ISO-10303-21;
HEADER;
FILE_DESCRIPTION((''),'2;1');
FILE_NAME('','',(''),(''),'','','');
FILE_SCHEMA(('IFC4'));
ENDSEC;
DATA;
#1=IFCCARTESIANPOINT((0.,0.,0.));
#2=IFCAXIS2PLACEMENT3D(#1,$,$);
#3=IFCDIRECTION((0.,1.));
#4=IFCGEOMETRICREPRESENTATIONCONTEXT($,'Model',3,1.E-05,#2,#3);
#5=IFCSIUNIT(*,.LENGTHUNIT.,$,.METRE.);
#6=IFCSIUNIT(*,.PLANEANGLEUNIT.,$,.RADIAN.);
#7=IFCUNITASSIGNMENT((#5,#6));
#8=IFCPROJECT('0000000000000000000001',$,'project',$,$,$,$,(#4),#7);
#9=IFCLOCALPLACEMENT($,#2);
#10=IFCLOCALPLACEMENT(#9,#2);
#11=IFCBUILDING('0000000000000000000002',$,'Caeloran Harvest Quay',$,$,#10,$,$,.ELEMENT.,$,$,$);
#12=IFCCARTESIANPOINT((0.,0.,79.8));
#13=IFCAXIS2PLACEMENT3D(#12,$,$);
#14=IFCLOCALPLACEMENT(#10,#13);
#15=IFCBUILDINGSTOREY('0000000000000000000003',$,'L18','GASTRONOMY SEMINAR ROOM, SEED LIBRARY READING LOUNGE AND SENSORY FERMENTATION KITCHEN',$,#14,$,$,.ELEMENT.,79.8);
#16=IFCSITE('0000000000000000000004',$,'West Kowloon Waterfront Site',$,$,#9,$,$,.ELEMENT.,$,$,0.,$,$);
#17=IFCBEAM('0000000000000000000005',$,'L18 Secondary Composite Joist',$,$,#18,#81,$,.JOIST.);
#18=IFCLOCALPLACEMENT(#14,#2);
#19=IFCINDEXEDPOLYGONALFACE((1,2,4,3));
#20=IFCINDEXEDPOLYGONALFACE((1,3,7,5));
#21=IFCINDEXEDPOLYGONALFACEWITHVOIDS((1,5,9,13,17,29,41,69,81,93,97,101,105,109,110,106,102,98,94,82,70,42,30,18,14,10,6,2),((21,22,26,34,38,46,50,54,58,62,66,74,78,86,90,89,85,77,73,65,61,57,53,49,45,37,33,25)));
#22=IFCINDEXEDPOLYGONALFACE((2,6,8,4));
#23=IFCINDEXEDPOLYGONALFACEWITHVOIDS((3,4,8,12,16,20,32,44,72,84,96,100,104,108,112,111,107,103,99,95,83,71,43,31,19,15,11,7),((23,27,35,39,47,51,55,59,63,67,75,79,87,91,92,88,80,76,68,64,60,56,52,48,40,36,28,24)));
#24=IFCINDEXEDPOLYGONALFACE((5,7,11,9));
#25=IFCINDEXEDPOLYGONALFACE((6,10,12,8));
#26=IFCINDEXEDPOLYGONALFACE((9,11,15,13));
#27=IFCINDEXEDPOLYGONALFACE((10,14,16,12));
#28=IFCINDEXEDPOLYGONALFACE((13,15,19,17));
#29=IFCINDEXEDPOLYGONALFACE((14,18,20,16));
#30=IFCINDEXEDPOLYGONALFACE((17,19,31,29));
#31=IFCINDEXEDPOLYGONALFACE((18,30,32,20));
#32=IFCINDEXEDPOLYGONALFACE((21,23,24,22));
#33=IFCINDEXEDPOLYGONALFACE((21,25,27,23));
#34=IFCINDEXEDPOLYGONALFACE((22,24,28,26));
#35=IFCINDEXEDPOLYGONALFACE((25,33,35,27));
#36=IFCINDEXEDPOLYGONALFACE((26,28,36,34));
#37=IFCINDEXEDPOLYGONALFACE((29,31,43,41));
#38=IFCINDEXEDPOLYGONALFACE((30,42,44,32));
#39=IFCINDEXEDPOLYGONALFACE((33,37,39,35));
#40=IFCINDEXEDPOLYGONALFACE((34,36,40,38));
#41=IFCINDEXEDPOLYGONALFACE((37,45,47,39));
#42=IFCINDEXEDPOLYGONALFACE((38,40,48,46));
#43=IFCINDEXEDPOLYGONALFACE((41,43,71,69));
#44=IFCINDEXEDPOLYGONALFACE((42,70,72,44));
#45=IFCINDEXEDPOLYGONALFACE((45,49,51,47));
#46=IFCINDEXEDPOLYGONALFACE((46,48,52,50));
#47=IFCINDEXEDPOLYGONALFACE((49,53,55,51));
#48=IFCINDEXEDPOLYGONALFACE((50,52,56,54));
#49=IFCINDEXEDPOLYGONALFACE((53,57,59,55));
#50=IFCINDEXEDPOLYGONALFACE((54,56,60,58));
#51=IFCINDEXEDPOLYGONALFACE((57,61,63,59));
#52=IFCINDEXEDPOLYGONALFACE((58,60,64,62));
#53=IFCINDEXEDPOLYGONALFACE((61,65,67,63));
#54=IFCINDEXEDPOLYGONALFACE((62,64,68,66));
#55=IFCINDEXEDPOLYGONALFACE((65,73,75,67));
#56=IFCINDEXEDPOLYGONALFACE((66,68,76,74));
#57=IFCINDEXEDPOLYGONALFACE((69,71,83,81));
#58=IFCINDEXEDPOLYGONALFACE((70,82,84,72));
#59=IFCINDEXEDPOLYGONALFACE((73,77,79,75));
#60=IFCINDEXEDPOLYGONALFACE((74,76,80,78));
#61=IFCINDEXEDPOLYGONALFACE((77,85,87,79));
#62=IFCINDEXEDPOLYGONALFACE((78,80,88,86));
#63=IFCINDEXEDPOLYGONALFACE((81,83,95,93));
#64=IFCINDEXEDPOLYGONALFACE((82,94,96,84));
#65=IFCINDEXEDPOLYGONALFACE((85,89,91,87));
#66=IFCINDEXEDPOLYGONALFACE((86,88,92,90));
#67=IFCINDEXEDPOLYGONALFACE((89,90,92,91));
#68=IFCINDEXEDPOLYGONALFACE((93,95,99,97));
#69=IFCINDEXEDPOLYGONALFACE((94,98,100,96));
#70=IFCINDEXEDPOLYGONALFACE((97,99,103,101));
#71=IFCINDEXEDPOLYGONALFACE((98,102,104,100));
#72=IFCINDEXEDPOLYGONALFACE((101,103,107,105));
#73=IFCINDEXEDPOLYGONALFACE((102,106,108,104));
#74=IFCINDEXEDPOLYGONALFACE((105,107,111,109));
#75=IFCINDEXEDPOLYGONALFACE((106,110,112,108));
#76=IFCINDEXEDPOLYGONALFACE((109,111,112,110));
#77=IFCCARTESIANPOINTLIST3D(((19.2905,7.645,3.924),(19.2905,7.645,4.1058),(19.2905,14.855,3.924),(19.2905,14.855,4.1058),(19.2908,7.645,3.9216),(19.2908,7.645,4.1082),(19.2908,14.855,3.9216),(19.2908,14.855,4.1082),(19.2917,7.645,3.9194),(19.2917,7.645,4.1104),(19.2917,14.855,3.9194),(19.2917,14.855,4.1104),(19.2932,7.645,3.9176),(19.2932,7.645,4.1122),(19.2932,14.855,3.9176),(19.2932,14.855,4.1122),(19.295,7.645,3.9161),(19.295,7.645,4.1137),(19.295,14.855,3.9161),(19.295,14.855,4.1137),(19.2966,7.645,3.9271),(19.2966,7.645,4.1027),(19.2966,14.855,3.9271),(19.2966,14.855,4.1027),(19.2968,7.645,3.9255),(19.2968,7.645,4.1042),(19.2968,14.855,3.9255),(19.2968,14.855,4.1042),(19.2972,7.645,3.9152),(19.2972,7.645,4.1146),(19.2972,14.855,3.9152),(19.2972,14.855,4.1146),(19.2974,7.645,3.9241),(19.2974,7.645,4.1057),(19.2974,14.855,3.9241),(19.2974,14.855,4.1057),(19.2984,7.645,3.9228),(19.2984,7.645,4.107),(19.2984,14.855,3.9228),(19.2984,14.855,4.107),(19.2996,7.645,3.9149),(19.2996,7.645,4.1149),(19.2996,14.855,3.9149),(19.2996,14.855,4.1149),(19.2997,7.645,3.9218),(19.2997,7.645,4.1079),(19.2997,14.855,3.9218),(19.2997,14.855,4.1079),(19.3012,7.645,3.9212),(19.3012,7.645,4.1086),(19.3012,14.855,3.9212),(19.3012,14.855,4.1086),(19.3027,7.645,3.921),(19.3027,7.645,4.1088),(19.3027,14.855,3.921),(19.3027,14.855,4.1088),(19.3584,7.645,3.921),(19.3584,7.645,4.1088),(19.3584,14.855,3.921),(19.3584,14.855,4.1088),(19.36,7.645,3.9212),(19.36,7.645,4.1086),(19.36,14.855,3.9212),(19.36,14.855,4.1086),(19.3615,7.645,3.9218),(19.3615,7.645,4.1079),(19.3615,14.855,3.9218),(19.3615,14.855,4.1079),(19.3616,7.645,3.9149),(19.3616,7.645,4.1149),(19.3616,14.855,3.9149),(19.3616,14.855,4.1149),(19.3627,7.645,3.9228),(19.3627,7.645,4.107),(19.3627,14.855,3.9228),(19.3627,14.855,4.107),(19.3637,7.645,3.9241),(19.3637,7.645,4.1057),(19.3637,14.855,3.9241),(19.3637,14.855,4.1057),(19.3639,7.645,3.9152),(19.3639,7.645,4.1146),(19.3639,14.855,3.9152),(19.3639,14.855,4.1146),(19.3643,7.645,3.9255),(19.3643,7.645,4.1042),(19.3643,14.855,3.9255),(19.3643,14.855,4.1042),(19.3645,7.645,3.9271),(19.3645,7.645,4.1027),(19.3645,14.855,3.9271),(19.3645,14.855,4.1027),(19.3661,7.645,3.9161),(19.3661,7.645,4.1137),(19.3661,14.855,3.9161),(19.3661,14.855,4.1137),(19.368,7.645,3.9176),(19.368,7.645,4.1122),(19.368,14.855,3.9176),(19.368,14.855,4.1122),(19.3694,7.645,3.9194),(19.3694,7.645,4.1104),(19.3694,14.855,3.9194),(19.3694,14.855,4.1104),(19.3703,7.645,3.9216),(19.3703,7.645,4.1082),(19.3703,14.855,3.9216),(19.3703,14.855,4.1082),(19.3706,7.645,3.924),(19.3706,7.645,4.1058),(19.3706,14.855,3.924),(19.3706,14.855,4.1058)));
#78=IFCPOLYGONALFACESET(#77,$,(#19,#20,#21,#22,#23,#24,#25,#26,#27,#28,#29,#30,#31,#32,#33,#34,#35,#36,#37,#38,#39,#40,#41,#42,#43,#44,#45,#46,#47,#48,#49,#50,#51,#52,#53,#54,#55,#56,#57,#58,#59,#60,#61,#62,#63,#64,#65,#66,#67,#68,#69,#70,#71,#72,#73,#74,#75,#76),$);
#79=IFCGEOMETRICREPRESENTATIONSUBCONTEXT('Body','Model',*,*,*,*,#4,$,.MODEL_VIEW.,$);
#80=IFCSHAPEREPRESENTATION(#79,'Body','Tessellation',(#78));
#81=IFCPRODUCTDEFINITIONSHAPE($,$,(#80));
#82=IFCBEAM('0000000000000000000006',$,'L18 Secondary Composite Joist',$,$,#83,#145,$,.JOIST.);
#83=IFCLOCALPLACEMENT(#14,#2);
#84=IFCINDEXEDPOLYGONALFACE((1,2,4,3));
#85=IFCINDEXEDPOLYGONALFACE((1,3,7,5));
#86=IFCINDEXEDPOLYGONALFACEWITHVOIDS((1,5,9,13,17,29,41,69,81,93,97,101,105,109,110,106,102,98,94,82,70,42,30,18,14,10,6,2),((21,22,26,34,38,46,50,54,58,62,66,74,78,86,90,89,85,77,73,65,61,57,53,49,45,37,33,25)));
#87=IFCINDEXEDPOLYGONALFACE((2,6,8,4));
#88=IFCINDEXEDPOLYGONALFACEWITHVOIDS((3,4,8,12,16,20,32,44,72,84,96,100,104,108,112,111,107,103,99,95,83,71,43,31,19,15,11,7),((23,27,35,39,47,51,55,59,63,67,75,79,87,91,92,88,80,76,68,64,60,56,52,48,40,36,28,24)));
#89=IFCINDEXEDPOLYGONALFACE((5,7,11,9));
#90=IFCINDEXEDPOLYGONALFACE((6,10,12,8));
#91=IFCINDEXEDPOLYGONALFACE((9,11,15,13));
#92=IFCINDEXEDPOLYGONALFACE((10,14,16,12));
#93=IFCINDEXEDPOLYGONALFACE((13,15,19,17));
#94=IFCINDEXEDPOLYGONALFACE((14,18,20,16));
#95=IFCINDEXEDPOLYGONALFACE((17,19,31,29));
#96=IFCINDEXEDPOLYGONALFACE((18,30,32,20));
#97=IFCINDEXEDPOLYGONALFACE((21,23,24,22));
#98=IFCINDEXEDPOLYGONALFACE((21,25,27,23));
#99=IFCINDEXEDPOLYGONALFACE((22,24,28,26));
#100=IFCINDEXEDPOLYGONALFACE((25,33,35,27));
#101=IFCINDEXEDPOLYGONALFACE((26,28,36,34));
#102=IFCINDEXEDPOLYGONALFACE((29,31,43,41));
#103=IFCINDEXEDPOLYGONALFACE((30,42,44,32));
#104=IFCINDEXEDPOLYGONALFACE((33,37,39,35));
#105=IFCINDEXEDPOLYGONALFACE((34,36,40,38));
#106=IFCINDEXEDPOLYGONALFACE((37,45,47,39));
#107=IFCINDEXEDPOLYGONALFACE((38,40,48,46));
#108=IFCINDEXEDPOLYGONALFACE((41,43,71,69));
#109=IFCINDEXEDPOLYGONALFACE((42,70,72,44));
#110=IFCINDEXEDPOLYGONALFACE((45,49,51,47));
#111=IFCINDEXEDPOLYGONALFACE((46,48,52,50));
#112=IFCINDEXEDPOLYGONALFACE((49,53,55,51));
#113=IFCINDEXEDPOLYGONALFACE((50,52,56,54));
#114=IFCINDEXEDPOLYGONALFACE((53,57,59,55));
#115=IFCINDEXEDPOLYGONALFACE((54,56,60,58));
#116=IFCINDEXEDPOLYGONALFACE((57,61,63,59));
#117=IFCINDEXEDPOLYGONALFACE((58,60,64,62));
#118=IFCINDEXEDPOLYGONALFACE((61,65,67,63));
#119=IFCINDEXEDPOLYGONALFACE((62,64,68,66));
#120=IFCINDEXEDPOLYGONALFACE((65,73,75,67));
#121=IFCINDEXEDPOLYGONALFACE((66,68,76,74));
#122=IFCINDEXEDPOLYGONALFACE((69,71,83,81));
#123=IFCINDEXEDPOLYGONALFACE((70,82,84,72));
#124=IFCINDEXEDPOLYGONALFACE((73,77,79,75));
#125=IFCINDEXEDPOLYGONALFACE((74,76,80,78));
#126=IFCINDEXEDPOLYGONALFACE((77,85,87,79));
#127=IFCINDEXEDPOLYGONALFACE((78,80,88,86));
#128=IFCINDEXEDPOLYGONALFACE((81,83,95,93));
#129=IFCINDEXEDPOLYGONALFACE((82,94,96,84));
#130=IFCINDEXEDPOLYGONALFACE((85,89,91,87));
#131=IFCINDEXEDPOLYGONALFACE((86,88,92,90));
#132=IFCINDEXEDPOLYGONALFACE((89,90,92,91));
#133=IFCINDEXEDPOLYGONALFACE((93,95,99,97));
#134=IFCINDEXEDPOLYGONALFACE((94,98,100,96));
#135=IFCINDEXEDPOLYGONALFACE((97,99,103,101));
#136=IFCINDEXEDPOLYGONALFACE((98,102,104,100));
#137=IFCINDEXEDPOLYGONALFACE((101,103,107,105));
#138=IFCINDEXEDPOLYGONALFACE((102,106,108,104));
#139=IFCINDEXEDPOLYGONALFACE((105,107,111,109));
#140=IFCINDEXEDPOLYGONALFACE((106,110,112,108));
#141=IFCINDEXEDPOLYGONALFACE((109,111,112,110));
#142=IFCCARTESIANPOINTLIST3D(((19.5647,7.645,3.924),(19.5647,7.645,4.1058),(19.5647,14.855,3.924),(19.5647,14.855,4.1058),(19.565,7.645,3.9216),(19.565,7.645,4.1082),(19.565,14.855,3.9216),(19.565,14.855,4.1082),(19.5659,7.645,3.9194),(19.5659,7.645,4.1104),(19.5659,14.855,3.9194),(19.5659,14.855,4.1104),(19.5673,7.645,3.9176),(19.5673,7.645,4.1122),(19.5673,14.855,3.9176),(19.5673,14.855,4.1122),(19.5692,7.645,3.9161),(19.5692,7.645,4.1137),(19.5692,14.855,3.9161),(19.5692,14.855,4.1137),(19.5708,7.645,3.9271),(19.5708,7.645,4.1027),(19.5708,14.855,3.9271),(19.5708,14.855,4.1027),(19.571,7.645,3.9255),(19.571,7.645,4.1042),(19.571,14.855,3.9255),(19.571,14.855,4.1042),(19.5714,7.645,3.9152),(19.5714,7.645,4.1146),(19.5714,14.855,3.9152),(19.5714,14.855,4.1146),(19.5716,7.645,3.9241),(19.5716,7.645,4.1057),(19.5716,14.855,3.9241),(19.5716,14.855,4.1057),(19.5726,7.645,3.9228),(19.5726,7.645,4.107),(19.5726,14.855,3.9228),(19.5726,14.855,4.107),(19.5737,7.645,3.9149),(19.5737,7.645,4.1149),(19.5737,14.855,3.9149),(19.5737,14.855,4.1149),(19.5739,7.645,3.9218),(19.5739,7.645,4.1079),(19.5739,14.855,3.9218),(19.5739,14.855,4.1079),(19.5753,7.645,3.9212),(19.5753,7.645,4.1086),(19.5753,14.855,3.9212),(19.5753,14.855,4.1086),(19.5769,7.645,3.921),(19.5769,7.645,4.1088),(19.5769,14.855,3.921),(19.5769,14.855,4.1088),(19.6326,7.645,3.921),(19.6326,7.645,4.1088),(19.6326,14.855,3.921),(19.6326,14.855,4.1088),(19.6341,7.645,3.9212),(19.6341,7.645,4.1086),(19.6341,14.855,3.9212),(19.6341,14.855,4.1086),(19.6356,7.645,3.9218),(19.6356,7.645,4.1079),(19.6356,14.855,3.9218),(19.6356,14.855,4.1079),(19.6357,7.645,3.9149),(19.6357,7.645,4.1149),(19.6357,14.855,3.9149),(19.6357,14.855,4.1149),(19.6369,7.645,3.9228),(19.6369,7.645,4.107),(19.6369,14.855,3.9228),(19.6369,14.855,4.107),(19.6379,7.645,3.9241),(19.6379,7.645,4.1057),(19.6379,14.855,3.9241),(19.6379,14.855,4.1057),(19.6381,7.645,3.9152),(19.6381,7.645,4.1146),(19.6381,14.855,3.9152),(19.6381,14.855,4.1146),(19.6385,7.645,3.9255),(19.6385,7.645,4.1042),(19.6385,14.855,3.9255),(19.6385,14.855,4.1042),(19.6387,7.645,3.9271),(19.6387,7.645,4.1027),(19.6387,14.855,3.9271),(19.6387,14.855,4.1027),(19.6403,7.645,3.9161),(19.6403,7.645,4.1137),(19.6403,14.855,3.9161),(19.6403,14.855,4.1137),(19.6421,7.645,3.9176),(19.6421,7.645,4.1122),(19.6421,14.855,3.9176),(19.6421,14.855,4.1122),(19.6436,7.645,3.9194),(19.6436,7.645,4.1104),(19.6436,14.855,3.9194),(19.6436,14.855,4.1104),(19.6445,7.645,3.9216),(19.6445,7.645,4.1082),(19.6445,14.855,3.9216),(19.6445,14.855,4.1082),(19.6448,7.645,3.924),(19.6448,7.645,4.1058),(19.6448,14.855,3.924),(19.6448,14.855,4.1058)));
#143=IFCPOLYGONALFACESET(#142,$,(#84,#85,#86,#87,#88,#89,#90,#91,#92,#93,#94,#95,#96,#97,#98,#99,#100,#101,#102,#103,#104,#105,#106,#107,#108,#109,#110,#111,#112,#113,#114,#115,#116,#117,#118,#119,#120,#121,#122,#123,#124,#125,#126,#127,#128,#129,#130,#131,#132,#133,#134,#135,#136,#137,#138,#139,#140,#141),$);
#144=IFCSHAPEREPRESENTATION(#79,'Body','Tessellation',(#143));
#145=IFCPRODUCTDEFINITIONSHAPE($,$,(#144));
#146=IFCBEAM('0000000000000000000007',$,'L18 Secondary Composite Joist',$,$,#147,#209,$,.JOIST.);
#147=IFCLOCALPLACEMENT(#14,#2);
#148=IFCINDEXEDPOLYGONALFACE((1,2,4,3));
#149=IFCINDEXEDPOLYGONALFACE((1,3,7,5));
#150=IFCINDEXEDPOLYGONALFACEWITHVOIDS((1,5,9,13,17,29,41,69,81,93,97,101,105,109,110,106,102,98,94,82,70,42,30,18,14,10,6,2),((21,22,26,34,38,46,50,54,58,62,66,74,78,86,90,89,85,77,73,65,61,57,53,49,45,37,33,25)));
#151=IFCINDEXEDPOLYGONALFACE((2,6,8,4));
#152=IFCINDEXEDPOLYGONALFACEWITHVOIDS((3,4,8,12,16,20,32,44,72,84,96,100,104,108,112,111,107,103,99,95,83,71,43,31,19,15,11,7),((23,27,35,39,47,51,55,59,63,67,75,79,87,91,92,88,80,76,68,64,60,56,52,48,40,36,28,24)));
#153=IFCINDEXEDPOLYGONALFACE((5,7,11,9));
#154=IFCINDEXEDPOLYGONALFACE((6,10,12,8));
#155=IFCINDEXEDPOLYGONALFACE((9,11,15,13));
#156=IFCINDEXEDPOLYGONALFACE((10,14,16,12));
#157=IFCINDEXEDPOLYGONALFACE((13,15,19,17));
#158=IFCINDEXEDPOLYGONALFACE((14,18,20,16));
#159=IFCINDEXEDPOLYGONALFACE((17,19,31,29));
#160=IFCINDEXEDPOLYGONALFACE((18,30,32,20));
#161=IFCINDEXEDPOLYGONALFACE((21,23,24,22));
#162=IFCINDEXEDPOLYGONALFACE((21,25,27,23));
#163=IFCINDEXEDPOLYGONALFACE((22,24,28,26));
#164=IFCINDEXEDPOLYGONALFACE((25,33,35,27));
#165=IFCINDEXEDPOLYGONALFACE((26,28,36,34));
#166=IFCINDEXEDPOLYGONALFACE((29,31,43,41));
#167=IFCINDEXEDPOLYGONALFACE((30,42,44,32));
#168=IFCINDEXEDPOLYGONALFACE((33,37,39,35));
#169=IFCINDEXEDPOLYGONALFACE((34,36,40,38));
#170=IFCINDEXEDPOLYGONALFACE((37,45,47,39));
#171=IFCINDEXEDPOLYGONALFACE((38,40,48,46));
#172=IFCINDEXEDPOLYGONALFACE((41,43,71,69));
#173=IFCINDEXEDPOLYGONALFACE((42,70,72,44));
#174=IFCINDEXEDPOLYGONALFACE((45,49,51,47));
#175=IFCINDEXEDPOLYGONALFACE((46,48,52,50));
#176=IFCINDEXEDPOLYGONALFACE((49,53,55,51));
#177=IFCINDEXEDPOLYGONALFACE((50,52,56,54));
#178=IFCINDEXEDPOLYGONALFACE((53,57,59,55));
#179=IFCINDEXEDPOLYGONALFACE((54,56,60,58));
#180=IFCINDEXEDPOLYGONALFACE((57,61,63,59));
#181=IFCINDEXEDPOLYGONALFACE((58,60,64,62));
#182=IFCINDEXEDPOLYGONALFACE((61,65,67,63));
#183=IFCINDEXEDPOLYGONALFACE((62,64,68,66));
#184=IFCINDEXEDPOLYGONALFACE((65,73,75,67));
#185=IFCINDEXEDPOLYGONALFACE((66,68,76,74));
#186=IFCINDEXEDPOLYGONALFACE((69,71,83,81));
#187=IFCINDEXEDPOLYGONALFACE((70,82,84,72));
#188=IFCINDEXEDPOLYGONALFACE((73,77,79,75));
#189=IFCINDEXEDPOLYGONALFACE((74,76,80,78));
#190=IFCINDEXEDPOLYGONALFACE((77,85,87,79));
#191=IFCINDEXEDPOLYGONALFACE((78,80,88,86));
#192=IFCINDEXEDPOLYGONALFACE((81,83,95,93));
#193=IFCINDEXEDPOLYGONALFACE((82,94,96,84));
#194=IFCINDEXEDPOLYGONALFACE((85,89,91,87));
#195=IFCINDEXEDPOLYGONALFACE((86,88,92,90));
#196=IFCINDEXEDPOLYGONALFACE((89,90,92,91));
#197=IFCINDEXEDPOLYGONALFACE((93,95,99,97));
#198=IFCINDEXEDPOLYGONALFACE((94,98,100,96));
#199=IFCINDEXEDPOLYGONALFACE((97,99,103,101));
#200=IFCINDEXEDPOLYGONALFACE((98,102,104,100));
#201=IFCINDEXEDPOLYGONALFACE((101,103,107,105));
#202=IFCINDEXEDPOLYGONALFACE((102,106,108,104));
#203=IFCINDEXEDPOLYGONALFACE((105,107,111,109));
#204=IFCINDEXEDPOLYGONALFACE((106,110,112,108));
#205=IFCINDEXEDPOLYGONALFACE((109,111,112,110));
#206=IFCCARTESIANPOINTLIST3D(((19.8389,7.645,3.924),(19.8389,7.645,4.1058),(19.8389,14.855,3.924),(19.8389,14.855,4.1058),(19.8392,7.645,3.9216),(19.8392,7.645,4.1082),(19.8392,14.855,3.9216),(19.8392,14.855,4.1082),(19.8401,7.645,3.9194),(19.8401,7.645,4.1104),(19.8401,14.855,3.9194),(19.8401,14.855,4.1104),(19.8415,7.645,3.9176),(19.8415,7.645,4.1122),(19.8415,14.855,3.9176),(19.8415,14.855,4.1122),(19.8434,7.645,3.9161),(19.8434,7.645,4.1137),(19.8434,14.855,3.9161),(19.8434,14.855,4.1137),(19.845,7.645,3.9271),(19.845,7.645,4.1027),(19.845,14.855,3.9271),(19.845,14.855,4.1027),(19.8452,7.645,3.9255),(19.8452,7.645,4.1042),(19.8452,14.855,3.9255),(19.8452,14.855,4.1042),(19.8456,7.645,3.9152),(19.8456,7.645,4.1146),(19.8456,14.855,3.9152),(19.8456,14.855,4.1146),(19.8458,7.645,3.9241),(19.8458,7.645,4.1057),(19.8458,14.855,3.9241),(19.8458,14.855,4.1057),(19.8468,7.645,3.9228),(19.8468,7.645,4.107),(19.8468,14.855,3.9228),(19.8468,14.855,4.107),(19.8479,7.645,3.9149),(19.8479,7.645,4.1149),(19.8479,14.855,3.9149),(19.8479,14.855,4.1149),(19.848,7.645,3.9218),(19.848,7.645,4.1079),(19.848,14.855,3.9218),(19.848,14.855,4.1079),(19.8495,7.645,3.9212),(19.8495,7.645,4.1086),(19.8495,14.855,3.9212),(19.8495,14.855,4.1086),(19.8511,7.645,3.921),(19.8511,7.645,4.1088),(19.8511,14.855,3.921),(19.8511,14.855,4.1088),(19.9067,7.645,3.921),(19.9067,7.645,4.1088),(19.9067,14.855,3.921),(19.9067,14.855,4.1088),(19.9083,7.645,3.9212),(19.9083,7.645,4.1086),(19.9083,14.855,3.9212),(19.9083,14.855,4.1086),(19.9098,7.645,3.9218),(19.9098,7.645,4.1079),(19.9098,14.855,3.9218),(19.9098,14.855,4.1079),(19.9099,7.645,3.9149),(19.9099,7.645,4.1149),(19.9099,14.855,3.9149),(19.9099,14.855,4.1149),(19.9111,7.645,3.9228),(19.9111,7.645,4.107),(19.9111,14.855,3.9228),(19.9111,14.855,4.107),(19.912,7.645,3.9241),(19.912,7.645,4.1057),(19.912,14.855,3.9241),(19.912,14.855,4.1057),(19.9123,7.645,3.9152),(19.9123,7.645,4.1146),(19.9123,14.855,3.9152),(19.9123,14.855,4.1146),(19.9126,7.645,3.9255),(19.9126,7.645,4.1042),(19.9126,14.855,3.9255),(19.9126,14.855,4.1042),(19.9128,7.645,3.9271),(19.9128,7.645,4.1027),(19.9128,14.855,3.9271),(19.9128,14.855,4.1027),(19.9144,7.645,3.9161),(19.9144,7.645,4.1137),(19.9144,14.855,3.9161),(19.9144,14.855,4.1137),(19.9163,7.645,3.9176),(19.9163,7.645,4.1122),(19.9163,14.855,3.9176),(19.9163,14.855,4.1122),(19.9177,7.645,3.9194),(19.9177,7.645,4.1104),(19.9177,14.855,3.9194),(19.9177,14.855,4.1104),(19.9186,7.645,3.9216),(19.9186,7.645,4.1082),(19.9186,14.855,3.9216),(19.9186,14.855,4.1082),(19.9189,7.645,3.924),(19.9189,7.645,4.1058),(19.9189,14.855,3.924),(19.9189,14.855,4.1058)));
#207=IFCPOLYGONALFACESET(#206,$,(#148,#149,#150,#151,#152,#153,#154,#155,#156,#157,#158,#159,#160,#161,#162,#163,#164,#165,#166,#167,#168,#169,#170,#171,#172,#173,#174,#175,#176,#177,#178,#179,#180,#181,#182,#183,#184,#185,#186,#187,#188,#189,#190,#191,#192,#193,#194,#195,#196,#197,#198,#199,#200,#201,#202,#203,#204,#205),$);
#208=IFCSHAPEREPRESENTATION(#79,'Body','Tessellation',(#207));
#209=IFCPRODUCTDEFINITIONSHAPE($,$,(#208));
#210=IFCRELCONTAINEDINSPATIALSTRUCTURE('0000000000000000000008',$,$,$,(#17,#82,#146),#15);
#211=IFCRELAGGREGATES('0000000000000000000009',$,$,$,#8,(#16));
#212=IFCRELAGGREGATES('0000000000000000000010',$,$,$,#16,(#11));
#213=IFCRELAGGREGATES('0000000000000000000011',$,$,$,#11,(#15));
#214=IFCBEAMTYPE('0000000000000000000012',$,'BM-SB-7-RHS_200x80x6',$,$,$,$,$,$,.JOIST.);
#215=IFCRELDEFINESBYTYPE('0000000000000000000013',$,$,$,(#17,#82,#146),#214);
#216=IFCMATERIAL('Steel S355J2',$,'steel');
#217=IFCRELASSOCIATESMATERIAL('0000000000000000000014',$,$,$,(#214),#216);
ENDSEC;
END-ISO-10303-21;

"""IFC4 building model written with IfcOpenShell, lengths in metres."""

from ifc_helpers import new_model, si_unit, direction, frame, origin, origin_2d, place, context, subcontext, project, spatial, hollow_rectangle, extrude, material, material_profile, profile_set, type_object, element, save


model = new_model("IFC4")

# Units and contexts
model_context = context("Model", 3, precision=1e-05, world=origin(), true_north=direction((0.0, 1.0)))
body_context = subcontext(model_context, "Body", "Model", "MODEL_VIEW")
ifc_project = project(units=[si_unit("LENGTHUNIT", "METRE"), si_unit("PLANEANGLEUNIT", "RADIAN")], contexts=[model_context])

# Site, building, storey
site_placement = place(None, origin())
site = spatial("IfcSite", under=ifc_project, at=site_placement, Name="West Kowloon Waterfront Site", CompositionType="ELEMENT", RefElevation=0.0)
building_placement = place(site_placement, origin())
building = spatial("IfcBuilding", under=site, at=building_placement, Name="Caeloran Harvest Quay", CompositionType="ELEMENT")
storey_placement = place(building_placement, frame((0.0, 0.0, 79.8)))
storey = spatial("IfcBuildingStorey", under=building, at=storey_placement, Name="L18", Description="GASTRONOMY SEMINAR ROOM, SEED LIBRARY READING LOUNGE AND SENSORY FERMENTATION KITCHEN", CompositionType="ELEMENT", Elevation=79.8)

# Beams
ifc_material_1 = material(Name="Steel S355J2", Category="steel")
ifc_material_profile_1 = material_profile(ifc_material_1, hollow_rectangle(XDim=0.0801, YDim=0.2, WallThickness=0.0061, InnerFilletRadius=0.0061, OuterFilletRadius=0.009, at=origin_2d()), Name="RHS 200x80x6")
ifc_profile_set_1 = profile_set([ifc_material_profile_1], Name="Steel S355J2")
beam_type_1 = type_object("IfcBeamType", Name="BM-SB-7-RHS_200x80x6", PredefinedType="JOIST", material=ifc_profile_set_1)
for number, where, z_axis, x_axis, name in (
    (1, (19.3306, 7.645, 4.0149), (0.0, 1.0, 0.0), (-1.0, 0.0, 0.0), "L18 Secondary Composite Joist"),
    (2, (19.6047, 7.645, 4.0149), (0.0, 1.0, 0.0), (-1.0, 0.0, 0.0), "L18 Secondary Composite Joist"),
    (3, (19.8789, 7.645, 4.0149), (0.0, 1.0, 0.0), (-1.0, 0.0, 0.0), "L18 Secondary Composite Joist"),
):
    element("IfcBeam", number, at=place(storey_placement, frame(where, z_axis=z_axis, x_axis=x_axis)), inside=storey, type_object=beam_type_1, Name=name, PredefinedType="JOIST", context=body_context, shape_type="SweptSolid", body=[
        extrude(hollow_rectangle(XDim=0.0801, YDim=0.2, WallThickness=0.0061, InnerFilletRadius=0.0061, OuterFilletRadius=0.009, at=origin_2d()), origin(), (0.0, 0.0, 1.0), 7.21),
    ])

save(model, "model.ifc")
